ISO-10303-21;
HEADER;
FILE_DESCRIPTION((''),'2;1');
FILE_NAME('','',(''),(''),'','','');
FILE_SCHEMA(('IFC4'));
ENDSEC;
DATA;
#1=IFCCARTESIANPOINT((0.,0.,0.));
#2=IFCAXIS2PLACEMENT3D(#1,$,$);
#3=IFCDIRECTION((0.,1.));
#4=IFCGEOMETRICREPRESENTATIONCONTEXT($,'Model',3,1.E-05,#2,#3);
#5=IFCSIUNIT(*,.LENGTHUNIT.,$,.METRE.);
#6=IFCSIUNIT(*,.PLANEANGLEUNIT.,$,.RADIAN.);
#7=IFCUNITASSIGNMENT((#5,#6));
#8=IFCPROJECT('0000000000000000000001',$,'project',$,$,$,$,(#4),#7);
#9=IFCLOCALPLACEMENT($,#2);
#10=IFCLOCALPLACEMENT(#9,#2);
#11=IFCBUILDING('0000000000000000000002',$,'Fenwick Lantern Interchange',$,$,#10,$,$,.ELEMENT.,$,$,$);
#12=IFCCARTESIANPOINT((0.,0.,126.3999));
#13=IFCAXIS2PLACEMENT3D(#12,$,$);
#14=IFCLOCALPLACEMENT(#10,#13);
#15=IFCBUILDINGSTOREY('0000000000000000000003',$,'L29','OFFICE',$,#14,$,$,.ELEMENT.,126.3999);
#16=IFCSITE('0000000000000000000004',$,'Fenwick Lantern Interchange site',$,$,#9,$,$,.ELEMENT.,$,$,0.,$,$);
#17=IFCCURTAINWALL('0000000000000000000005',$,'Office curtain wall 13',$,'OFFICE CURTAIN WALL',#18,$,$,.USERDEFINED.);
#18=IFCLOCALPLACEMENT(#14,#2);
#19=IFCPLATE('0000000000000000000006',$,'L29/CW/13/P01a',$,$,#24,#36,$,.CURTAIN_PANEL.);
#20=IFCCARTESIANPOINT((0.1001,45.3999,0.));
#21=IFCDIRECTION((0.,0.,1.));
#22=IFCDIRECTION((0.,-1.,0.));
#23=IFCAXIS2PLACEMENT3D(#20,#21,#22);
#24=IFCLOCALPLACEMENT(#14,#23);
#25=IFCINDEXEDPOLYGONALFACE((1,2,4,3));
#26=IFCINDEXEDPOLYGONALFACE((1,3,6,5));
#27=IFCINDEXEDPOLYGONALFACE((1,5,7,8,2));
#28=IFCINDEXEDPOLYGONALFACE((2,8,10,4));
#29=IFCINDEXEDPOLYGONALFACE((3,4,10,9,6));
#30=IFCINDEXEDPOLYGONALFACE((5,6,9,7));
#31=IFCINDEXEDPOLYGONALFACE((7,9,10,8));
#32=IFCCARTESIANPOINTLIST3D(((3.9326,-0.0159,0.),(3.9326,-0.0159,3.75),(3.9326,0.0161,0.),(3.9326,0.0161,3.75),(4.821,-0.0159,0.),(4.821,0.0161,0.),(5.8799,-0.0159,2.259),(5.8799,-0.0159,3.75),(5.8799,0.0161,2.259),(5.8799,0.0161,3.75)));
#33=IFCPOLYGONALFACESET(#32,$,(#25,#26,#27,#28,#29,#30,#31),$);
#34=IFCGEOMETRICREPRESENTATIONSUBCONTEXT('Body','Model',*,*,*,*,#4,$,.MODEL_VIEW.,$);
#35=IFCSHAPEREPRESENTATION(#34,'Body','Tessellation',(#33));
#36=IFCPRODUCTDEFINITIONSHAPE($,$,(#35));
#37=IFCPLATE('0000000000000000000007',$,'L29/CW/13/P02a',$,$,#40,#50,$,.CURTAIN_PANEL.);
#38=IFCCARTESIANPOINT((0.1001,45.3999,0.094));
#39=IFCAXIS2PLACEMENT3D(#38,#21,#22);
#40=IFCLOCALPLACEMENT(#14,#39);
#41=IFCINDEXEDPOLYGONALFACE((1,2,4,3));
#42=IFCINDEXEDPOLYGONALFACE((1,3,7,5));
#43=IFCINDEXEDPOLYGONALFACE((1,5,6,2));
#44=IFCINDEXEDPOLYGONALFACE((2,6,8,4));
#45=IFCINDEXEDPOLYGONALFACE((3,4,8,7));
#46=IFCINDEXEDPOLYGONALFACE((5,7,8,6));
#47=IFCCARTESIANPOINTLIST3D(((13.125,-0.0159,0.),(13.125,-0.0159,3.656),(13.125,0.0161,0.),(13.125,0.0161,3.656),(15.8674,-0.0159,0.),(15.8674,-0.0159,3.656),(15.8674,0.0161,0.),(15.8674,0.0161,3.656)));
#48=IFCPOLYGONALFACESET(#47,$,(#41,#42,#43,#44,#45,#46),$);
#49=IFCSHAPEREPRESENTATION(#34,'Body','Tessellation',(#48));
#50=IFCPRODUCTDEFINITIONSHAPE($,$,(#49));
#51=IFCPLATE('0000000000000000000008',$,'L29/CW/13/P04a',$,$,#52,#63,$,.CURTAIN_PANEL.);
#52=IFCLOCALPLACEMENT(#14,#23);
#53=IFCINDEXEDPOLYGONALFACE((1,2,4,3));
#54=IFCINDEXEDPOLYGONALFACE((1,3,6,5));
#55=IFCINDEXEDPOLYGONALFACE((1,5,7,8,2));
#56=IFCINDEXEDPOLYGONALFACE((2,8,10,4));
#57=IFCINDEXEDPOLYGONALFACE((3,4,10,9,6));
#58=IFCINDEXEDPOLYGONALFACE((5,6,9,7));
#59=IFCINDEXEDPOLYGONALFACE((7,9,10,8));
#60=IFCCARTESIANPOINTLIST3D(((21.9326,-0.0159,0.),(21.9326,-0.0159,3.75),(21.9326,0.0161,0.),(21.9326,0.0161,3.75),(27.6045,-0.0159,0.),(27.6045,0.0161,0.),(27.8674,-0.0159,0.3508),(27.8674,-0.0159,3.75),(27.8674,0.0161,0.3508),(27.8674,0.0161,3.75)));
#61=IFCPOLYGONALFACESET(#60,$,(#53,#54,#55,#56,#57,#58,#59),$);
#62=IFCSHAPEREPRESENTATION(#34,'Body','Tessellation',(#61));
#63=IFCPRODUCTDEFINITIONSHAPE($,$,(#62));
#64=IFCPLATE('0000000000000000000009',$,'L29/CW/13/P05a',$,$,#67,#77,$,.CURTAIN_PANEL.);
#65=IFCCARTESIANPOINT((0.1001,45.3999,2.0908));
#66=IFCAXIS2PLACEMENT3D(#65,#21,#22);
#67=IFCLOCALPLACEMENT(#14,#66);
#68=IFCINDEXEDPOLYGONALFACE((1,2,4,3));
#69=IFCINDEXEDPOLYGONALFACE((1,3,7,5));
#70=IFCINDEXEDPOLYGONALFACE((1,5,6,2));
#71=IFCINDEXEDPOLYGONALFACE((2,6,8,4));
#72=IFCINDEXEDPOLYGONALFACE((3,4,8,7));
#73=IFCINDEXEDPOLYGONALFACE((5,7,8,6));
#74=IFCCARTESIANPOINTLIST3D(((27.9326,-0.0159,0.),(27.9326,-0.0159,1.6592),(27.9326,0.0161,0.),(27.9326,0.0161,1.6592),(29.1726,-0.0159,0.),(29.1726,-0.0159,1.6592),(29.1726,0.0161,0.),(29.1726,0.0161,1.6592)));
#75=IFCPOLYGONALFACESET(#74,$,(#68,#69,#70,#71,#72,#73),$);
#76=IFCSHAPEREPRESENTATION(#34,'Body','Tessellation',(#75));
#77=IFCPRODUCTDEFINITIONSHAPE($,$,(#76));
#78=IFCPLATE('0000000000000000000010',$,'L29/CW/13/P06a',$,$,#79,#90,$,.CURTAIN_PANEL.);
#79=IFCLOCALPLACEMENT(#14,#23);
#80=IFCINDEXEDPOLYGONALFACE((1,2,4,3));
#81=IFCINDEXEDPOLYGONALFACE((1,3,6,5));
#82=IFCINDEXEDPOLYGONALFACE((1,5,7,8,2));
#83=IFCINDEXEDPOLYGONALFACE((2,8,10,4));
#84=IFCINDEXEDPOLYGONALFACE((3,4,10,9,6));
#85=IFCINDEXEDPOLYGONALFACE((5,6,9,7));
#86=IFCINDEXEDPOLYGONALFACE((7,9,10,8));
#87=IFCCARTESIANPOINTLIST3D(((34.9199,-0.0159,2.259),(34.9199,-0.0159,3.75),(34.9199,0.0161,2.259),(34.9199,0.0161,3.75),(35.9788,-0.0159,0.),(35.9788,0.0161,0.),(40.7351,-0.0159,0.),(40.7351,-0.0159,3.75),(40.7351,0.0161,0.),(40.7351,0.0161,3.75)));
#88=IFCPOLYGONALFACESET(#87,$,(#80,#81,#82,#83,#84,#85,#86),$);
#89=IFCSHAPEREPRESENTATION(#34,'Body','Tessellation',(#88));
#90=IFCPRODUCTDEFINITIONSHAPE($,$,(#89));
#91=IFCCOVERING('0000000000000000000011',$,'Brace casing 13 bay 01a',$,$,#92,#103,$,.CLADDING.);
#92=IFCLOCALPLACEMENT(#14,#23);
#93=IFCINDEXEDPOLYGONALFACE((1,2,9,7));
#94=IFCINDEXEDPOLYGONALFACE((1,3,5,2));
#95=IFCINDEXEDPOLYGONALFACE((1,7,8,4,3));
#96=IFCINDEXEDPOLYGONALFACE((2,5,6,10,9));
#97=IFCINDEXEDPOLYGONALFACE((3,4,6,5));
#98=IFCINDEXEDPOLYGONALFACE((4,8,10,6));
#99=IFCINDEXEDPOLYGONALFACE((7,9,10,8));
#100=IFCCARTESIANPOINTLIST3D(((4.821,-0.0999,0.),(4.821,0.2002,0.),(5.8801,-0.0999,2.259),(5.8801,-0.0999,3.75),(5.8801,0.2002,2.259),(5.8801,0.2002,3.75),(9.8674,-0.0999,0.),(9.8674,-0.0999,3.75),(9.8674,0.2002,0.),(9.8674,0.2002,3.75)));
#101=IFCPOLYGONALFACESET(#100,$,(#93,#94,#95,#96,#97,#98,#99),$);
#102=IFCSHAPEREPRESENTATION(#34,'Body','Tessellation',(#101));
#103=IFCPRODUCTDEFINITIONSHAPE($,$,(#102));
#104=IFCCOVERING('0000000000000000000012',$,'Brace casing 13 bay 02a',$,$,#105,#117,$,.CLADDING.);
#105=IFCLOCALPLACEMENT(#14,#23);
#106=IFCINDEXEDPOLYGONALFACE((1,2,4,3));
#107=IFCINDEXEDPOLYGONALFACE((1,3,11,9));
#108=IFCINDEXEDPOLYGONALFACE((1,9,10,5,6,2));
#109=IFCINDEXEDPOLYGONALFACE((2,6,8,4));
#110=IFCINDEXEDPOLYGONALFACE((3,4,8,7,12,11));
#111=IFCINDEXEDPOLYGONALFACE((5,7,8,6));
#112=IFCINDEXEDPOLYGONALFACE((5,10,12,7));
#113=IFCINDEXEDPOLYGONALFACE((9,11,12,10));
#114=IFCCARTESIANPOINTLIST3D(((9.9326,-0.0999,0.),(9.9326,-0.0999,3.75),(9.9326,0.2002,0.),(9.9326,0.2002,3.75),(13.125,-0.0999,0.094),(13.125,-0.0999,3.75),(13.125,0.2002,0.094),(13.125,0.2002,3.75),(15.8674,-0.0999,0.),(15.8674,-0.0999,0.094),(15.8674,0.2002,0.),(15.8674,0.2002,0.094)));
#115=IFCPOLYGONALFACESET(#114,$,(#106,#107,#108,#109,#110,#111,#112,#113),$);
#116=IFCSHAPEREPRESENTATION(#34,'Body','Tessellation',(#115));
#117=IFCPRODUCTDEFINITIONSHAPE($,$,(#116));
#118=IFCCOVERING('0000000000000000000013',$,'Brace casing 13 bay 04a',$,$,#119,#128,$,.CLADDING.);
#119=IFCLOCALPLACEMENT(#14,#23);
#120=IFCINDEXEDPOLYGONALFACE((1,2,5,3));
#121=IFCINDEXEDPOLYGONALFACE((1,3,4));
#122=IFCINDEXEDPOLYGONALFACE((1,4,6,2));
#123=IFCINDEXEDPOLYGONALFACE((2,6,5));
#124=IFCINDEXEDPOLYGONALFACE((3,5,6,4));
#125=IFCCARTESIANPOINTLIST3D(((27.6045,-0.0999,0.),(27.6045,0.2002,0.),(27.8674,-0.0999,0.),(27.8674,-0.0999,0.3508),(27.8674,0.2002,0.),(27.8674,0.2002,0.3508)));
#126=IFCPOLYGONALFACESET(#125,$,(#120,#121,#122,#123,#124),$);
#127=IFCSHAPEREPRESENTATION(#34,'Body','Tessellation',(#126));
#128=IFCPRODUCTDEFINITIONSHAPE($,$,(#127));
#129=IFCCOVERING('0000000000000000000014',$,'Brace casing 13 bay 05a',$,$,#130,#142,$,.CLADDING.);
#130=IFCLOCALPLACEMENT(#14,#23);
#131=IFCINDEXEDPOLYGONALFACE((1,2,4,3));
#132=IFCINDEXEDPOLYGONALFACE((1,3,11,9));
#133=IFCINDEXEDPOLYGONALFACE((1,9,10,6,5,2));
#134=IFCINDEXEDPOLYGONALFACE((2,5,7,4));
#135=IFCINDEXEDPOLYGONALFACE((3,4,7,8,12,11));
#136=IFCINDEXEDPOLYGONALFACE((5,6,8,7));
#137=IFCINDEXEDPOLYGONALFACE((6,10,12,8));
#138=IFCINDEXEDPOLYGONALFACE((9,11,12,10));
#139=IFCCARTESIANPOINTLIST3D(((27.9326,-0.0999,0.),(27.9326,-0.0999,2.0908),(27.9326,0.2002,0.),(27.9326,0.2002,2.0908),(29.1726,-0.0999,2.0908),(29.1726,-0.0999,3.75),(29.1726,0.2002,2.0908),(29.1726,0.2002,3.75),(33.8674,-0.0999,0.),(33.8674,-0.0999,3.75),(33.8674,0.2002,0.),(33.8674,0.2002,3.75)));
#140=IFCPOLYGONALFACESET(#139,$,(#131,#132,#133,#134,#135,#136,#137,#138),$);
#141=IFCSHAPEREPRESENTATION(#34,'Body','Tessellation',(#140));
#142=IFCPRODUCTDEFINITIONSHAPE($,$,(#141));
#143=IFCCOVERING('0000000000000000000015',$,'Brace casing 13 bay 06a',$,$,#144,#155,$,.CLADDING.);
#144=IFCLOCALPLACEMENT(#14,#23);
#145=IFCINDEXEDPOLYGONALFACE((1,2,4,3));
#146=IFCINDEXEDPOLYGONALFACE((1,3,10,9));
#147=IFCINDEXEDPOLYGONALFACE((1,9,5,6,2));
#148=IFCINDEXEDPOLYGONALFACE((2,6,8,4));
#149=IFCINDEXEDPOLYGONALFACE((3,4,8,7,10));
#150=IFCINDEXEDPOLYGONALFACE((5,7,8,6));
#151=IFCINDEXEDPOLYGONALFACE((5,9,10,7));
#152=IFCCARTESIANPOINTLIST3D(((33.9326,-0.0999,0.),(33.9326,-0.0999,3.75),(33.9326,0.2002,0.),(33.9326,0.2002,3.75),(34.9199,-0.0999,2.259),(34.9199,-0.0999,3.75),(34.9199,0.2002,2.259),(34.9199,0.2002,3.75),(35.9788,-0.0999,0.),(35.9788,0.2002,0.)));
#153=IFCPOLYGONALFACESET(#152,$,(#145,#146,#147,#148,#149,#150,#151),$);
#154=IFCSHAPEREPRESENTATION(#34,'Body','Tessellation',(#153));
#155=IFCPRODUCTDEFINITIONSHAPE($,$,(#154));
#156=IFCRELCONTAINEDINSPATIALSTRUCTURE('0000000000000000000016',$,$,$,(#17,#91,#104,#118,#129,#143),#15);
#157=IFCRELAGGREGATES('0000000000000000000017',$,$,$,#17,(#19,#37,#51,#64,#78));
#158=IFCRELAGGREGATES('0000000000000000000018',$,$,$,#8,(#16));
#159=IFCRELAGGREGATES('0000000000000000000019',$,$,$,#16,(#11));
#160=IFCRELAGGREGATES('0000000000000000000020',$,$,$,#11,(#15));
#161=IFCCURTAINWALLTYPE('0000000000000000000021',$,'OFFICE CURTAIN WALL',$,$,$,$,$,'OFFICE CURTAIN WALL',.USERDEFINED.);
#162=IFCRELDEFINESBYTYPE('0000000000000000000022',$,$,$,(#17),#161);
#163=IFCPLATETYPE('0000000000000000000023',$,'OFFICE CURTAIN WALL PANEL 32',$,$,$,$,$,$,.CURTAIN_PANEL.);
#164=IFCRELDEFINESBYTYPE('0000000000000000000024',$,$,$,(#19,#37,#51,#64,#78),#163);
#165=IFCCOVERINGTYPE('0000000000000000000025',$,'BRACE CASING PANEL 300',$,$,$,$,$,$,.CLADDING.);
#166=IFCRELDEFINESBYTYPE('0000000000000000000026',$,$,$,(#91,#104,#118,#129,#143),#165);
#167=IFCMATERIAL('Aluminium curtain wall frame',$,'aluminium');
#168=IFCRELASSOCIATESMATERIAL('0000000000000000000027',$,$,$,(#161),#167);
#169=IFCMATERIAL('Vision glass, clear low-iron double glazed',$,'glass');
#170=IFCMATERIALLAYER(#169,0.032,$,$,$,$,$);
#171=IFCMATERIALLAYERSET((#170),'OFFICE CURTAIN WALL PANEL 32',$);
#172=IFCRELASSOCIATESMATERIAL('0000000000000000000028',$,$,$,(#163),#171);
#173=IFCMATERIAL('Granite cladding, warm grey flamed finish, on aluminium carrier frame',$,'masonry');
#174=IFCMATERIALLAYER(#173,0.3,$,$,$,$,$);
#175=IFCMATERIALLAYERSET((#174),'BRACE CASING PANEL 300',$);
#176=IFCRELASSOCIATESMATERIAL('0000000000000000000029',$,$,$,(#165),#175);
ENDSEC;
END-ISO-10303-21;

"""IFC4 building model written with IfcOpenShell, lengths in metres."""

from ifc_helpers import new_model, si_unit, direction, frame, origin, place, context, subcontext, project, spatial, polyline, outline, extrude, material, layer, layer_set, type_object, element, aggregate, save


model = new_model("IFC4")

# Units and contexts
model_context = context("Model", 3, precision=1e-05, world=origin(), true_north=direction((0.0, 1.0)))
body_context = subcontext(model_context, "Body", "Model", "MODEL_VIEW")
ifc_project = project(units=[si_unit("LENGTHUNIT", "METRE"), si_unit("PLANEANGLEUNIT", "RADIAN")], contexts=[model_context])

# Site, building, storey
site_placement = place(None, origin())
site = spatial("IfcSite", under=ifc_project, at=site_placement, Name="Fenwick Lantern Interchange site", CompositionType="ELEMENT", RefElevation=0.0)
building_placement = place(site_placement, origin())
building = spatial("IfcBuilding", under=site, at=building_placement, Name="Fenwick Lantern Interchange", CompositionType="ELEMENT")
storey_placement = place(building_placement, frame((0.0, 0.0, 126.3999)))
storey = spatial("IfcBuildingStorey", under=building, at=storey_placement, Name="L29", Description="OFFICE", CompositionType="ELEMENT", Elevation=126.3999)

# Shared definitions
ifc_material_1 = material(Name="Aluminium curtain wall frame", Category="aluminium")
curtain_wall_type = type_object("IfcCurtainWallType", Name="OFFICE CURTAIN WALL", ElementType="OFFICE CURTAIN WALL", PredefinedType="USERDEFINED", material=ifc_material_1)

# Curtain wall
curtain_wall_1_placement = place(storey_placement, origin())
curtain_wall_1 = element("IfcCurtainWall", 1, at=curtain_wall_1_placement, inside=storey, type_object=curtain_wall_type, Name="Office curtain wall 13", ObjectType="OFFICE CURTAIN WALL", PredefinedType="USERDEFINED")

# Plates
ifc_material_2 = material(Name="Vision glass, clear low-iron double glazed", Category="glass")
ifc_layer_1 = layer(ifc_material_2, 0.032)
ifc_layer_set_1 = layer_set([ifc_layer_1], Name="OFFICE CURTAIN WALL PANEL 32")
plate_type = type_object("IfcPlateType", Name="OFFICE CURTAIN WALL PANEL 32", PredefinedType="CURTAIN_PANEL", material=ifc_layer_set_1)
plate_1_placement = place(storey_placement, frame((0.1001, 45.3999, 0.0), z_axis=(0.0, 0.0, 1.0), x_axis=(0.0, -1.0, 0.0)))
plate_1 = element("IfcPlate", 2, at=plate_1_placement, type_object=plate_type, Name="L29/CW/13/P01a", PredefinedType="CURTAIN_PANEL", context=body_context, shape_type="SweptSolid", body=[
    extrude(outline(polyline([(3.9326, 0.0), (4.821, 0.0), (5.8799, 2.259), (5.8799, 3.75), (3.9326, 3.75), (3.9326, 0.0)])), frame((0.0, 0.0161, 0.0), z_axis=(0.0, -1.0, 0.0), x_axis=(1.0, 0.0, 0.0)), (0.0, 0.0, 1.0), 0.032),
])
plate_2_placement = place(storey_placement, frame((0.1001, 45.3999, 0.094), z_axis=(0.0, 0.0, 1.0), x_axis=(0.0, -1.0, 0.0)))
plate_2 = element("IfcPlate", 3, at=plate_2_placement, type_object=plate_type, Name="L29/CW/13/P02a", PredefinedType="CURTAIN_PANEL", context=body_context, shape_type="SweptSolid", body=[
    extrude(outline(polyline([(13.125, 0.0), (15.8674, 0.0), (15.8674, 3.656), (13.125, 3.656), (13.125, 0.0)])), frame((0.0, 0.0161, 0.0), z_axis=(0.0, -1.0, 0.0), x_axis=(1.0, 0.0, 0.0)), (0.0, 0.0, 1.0), 0.032),
])
plate_3_placement = place(storey_placement, frame((0.1001, 45.3999, 0.0), z_axis=(0.0, 0.0, 1.0), x_axis=(0.0, -1.0, 0.0)))
plate_3 = element("IfcPlate", 4, at=plate_3_placement, type_object=plate_type, Name="L29/CW/13/P04a", PredefinedType="CURTAIN_PANEL", context=body_context, shape_type="SweptSolid", body=[
    extrude(outline(polyline([(21.9326, 0.0), (27.6045, 0.0), (27.8674, 0.3508), (27.8674, 3.75), (21.9326, 3.75), (21.9326, 0.0)])), frame((0.0, 0.0161, 0.0), z_axis=(0.0, -1.0, 0.0), x_axis=(1.0, 0.0, 0.0)), (0.0, 0.0, 1.0), 0.032),
])
plate_4_placement = place(storey_placement, frame((0.1001, 45.3999, 2.0908), z_axis=(0.0, 0.0, 1.0), x_axis=(0.0, -1.0, 0.0)))
plate_4 = element("IfcPlate", 5, at=plate_4_placement, type_object=plate_type, Name="L29/CW/13/P05a", PredefinedType="CURTAIN_PANEL", context=body_context, shape_type="SweptSolid", body=[
    extrude(outline(polyline([(27.9326, 0.0), (29.1726, 0.0), (29.1726, 1.6592), (27.9326, 1.6592), (27.9326, 0.0)])), frame((0.0, 0.0161, 0.0), z_axis=(0.0, -1.0, 0.0), x_axis=(1.0, 0.0, 0.0)), (0.0, 0.0, 1.0), 0.032),
])
plate_5_placement = place(storey_placement, frame((0.1001, 45.3999, 0.0), z_axis=(0.0, 0.0, 1.0), x_axis=(0.0, -1.0, 0.0)))
plate_5 = element("IfcPlate", 6, at=plate_5_placement, type_object=plate_type, Name="L29/CW/13/P06a", PredefinedType="CURTAIN_PANEL", context=body_context, shape_type="SweptSolid", body=[
    extrude(outline(polyline([(35.9788, 0.0), (40.7351, 0.0), (40.7351, 3.75), (34.9199, 3.75), (34.9199, 2.259), (35.9788, 0.0)])), frame((0.0, 0.0161, 0.0), z_axis=(0.0, -1.0, 0.0), x_axis=(1.0, 0.0, 0.0)), (0.0, 0.0, 1.0), 0.032),
])
aggregate(curtain_wall_1, [plate_1, plate_2, plate_3, plate_4, plate_5])

# Coverings
ifc_material_3 = material(Name="Granite cladding, warm grey flamed finish, on aluminium carrier frame", Category="masonry")
ifc_layer_2 = layer(ifc_material_3, 0.3)
ifc_layer_set_2 = layer_set([ifc_layer_2], Name="BRACE CASING PANEL 300")
covering_type = type_object("IfcCoveringType", Name="BRACE CASING PANEL 300", PredefinedType="CLADDING", material=ifc_layer_set_2)
covering_1_placement = place(storey_placement, frame((0.1001, 45.3999, 0.0), z_axis=(0.0, 0.0, 1.0), x_axis=(0.0, -1.0, 0.0)))
element("IfcCovering", 7, at=covering_1_placement, inside=storey, type_object=covering_type, Name="Brace casing 13 bay 01a", PredefinedType="CLADDING", context=body_context, shape_type="SweptSolid", body=[
    extrude(outline(polyline([(4.821, 0.0), (9.8674, 0.0), (9.8674, 3.75), (5.8801, 3.75), (5.8801, 2.259), (4.821, 0.0)])), frame((0.0, 0.2002, 0.0), z_axis=(0.0, -1.0, 0.0), x_axis=(1.0, 0.0, 0.0)), (0.0, 0.0, 1.0), 0.3),
])
covering_2_placement = place(storey_placement, frame((0.1001, 45.3999, 0.0), z_axis=(0.0, 0.0, 1.0), x_axis=(0.0, -1.0, 0.0)))
element("IfcCovering", 8, at=covering_2_placement, inside=storey, type_object=covering_type, Name="Brace casing 13 bay 02a", PredefinedType="CLADDING", context=body_context, shape_type="SweptSolid", body=[
    extrude(outline(polyline([(9.9326, 0.0), (15.8674, 0.0), (15.8674, 0.094), (13.125, 0.094), (13.125, 3.75), (9.9326, 3.75), (9.9326, 0.0)])), frame((0.0, 0.2002, 0.0), z_axis=(0.0, -1.0, 0.0), x_axis=(1.0, 0.0, 0.0)), (0.0, 0.0, 1.0), 0.3),
])
covering_3_placement = place(storey_placement, frame((0.1001, 45.3999, 0.0), z_axis=(0.0, 0.0, 1.0), x_axis=(0.0, -1.0, 0.0)))
element("IfcCovering", 9, at=covering_3_placement, inside=storey, type_object=covering_type, Name="Brace casing 13 bay 04a", PredefinedType="CLADDING", context=body_context, shape_type="SweptSolid", body=[
    extrude(outline(polyline([(27.6045, 0.0), (27.8674, 0.0), (27.8674, 0.3508), (27.6045, 0.0)])), frame((0.0, 0.2002, 0.0), z_axis=(0.0, -1.0, 0.0), x_axis=(1.0, 0.0, 0.0)), (0.0, 0.0, 1.0), 0.3),
])
covering_4_placement = place(storey_placement, frame((0.1001, 45.3999, 0.0), z_axis=(0.0, 0.0, 1.0), x_axis=(0.0, -1.0, 0.0)))
element("IfcCovering", 10, at=covering_4_placement, inside=storey, type_object=covering_type, Name="Brace casing 13 bay 05a", PredefinedType="CLADDING", context=body_context, shape_type="SweptSolid", body=[
    extrude(outline(polyline([(27.9326, 0.0), (33.8674, 0.0), (33.8674, 3.75), (29.1726, 3.75), (29.1726, 2.0908), (27.9326, 2.0908), (27.9326, 0.0)])), frame((0.0, 0.2002, 0.0), z_axis=(0.0, -1.0, 0.0), x_axis=(1.0, 0.0, 0.0)), (0.0, 0.0, 1.0), 0.3),
])
covering_5_placement = place(storey_placement, frame((0.1001, 45.3999, 0.0), z_axis=(0.0, 0.0, 1.0), x_axis=(0.0, -1.0, 0.0)))
element("IfcCovering", 11, at=covering_5_placement, inside=storey, type_object=covering_type, Name="Brace casing 13 bay 06a", PredefinedType="CLADDING", context=body_context, shape_type="SweptSolid", body=[
    extrude(outline(polyline([(33.9326, 0.0), (35.9788, 0.0), (34.9199, 2.259), (34.9199, 3.75), (33.9326, 3.75), (33.9326, 0.0)])), frame((0.0, 0.2002, 0.0), z_axis=(0.0, -1.0, 0.0), x_axis=(1.0, 0.0, 0.0)), (0.0, 0.0, 1.0), 0.3),
])

save(model, "model.ifc")
